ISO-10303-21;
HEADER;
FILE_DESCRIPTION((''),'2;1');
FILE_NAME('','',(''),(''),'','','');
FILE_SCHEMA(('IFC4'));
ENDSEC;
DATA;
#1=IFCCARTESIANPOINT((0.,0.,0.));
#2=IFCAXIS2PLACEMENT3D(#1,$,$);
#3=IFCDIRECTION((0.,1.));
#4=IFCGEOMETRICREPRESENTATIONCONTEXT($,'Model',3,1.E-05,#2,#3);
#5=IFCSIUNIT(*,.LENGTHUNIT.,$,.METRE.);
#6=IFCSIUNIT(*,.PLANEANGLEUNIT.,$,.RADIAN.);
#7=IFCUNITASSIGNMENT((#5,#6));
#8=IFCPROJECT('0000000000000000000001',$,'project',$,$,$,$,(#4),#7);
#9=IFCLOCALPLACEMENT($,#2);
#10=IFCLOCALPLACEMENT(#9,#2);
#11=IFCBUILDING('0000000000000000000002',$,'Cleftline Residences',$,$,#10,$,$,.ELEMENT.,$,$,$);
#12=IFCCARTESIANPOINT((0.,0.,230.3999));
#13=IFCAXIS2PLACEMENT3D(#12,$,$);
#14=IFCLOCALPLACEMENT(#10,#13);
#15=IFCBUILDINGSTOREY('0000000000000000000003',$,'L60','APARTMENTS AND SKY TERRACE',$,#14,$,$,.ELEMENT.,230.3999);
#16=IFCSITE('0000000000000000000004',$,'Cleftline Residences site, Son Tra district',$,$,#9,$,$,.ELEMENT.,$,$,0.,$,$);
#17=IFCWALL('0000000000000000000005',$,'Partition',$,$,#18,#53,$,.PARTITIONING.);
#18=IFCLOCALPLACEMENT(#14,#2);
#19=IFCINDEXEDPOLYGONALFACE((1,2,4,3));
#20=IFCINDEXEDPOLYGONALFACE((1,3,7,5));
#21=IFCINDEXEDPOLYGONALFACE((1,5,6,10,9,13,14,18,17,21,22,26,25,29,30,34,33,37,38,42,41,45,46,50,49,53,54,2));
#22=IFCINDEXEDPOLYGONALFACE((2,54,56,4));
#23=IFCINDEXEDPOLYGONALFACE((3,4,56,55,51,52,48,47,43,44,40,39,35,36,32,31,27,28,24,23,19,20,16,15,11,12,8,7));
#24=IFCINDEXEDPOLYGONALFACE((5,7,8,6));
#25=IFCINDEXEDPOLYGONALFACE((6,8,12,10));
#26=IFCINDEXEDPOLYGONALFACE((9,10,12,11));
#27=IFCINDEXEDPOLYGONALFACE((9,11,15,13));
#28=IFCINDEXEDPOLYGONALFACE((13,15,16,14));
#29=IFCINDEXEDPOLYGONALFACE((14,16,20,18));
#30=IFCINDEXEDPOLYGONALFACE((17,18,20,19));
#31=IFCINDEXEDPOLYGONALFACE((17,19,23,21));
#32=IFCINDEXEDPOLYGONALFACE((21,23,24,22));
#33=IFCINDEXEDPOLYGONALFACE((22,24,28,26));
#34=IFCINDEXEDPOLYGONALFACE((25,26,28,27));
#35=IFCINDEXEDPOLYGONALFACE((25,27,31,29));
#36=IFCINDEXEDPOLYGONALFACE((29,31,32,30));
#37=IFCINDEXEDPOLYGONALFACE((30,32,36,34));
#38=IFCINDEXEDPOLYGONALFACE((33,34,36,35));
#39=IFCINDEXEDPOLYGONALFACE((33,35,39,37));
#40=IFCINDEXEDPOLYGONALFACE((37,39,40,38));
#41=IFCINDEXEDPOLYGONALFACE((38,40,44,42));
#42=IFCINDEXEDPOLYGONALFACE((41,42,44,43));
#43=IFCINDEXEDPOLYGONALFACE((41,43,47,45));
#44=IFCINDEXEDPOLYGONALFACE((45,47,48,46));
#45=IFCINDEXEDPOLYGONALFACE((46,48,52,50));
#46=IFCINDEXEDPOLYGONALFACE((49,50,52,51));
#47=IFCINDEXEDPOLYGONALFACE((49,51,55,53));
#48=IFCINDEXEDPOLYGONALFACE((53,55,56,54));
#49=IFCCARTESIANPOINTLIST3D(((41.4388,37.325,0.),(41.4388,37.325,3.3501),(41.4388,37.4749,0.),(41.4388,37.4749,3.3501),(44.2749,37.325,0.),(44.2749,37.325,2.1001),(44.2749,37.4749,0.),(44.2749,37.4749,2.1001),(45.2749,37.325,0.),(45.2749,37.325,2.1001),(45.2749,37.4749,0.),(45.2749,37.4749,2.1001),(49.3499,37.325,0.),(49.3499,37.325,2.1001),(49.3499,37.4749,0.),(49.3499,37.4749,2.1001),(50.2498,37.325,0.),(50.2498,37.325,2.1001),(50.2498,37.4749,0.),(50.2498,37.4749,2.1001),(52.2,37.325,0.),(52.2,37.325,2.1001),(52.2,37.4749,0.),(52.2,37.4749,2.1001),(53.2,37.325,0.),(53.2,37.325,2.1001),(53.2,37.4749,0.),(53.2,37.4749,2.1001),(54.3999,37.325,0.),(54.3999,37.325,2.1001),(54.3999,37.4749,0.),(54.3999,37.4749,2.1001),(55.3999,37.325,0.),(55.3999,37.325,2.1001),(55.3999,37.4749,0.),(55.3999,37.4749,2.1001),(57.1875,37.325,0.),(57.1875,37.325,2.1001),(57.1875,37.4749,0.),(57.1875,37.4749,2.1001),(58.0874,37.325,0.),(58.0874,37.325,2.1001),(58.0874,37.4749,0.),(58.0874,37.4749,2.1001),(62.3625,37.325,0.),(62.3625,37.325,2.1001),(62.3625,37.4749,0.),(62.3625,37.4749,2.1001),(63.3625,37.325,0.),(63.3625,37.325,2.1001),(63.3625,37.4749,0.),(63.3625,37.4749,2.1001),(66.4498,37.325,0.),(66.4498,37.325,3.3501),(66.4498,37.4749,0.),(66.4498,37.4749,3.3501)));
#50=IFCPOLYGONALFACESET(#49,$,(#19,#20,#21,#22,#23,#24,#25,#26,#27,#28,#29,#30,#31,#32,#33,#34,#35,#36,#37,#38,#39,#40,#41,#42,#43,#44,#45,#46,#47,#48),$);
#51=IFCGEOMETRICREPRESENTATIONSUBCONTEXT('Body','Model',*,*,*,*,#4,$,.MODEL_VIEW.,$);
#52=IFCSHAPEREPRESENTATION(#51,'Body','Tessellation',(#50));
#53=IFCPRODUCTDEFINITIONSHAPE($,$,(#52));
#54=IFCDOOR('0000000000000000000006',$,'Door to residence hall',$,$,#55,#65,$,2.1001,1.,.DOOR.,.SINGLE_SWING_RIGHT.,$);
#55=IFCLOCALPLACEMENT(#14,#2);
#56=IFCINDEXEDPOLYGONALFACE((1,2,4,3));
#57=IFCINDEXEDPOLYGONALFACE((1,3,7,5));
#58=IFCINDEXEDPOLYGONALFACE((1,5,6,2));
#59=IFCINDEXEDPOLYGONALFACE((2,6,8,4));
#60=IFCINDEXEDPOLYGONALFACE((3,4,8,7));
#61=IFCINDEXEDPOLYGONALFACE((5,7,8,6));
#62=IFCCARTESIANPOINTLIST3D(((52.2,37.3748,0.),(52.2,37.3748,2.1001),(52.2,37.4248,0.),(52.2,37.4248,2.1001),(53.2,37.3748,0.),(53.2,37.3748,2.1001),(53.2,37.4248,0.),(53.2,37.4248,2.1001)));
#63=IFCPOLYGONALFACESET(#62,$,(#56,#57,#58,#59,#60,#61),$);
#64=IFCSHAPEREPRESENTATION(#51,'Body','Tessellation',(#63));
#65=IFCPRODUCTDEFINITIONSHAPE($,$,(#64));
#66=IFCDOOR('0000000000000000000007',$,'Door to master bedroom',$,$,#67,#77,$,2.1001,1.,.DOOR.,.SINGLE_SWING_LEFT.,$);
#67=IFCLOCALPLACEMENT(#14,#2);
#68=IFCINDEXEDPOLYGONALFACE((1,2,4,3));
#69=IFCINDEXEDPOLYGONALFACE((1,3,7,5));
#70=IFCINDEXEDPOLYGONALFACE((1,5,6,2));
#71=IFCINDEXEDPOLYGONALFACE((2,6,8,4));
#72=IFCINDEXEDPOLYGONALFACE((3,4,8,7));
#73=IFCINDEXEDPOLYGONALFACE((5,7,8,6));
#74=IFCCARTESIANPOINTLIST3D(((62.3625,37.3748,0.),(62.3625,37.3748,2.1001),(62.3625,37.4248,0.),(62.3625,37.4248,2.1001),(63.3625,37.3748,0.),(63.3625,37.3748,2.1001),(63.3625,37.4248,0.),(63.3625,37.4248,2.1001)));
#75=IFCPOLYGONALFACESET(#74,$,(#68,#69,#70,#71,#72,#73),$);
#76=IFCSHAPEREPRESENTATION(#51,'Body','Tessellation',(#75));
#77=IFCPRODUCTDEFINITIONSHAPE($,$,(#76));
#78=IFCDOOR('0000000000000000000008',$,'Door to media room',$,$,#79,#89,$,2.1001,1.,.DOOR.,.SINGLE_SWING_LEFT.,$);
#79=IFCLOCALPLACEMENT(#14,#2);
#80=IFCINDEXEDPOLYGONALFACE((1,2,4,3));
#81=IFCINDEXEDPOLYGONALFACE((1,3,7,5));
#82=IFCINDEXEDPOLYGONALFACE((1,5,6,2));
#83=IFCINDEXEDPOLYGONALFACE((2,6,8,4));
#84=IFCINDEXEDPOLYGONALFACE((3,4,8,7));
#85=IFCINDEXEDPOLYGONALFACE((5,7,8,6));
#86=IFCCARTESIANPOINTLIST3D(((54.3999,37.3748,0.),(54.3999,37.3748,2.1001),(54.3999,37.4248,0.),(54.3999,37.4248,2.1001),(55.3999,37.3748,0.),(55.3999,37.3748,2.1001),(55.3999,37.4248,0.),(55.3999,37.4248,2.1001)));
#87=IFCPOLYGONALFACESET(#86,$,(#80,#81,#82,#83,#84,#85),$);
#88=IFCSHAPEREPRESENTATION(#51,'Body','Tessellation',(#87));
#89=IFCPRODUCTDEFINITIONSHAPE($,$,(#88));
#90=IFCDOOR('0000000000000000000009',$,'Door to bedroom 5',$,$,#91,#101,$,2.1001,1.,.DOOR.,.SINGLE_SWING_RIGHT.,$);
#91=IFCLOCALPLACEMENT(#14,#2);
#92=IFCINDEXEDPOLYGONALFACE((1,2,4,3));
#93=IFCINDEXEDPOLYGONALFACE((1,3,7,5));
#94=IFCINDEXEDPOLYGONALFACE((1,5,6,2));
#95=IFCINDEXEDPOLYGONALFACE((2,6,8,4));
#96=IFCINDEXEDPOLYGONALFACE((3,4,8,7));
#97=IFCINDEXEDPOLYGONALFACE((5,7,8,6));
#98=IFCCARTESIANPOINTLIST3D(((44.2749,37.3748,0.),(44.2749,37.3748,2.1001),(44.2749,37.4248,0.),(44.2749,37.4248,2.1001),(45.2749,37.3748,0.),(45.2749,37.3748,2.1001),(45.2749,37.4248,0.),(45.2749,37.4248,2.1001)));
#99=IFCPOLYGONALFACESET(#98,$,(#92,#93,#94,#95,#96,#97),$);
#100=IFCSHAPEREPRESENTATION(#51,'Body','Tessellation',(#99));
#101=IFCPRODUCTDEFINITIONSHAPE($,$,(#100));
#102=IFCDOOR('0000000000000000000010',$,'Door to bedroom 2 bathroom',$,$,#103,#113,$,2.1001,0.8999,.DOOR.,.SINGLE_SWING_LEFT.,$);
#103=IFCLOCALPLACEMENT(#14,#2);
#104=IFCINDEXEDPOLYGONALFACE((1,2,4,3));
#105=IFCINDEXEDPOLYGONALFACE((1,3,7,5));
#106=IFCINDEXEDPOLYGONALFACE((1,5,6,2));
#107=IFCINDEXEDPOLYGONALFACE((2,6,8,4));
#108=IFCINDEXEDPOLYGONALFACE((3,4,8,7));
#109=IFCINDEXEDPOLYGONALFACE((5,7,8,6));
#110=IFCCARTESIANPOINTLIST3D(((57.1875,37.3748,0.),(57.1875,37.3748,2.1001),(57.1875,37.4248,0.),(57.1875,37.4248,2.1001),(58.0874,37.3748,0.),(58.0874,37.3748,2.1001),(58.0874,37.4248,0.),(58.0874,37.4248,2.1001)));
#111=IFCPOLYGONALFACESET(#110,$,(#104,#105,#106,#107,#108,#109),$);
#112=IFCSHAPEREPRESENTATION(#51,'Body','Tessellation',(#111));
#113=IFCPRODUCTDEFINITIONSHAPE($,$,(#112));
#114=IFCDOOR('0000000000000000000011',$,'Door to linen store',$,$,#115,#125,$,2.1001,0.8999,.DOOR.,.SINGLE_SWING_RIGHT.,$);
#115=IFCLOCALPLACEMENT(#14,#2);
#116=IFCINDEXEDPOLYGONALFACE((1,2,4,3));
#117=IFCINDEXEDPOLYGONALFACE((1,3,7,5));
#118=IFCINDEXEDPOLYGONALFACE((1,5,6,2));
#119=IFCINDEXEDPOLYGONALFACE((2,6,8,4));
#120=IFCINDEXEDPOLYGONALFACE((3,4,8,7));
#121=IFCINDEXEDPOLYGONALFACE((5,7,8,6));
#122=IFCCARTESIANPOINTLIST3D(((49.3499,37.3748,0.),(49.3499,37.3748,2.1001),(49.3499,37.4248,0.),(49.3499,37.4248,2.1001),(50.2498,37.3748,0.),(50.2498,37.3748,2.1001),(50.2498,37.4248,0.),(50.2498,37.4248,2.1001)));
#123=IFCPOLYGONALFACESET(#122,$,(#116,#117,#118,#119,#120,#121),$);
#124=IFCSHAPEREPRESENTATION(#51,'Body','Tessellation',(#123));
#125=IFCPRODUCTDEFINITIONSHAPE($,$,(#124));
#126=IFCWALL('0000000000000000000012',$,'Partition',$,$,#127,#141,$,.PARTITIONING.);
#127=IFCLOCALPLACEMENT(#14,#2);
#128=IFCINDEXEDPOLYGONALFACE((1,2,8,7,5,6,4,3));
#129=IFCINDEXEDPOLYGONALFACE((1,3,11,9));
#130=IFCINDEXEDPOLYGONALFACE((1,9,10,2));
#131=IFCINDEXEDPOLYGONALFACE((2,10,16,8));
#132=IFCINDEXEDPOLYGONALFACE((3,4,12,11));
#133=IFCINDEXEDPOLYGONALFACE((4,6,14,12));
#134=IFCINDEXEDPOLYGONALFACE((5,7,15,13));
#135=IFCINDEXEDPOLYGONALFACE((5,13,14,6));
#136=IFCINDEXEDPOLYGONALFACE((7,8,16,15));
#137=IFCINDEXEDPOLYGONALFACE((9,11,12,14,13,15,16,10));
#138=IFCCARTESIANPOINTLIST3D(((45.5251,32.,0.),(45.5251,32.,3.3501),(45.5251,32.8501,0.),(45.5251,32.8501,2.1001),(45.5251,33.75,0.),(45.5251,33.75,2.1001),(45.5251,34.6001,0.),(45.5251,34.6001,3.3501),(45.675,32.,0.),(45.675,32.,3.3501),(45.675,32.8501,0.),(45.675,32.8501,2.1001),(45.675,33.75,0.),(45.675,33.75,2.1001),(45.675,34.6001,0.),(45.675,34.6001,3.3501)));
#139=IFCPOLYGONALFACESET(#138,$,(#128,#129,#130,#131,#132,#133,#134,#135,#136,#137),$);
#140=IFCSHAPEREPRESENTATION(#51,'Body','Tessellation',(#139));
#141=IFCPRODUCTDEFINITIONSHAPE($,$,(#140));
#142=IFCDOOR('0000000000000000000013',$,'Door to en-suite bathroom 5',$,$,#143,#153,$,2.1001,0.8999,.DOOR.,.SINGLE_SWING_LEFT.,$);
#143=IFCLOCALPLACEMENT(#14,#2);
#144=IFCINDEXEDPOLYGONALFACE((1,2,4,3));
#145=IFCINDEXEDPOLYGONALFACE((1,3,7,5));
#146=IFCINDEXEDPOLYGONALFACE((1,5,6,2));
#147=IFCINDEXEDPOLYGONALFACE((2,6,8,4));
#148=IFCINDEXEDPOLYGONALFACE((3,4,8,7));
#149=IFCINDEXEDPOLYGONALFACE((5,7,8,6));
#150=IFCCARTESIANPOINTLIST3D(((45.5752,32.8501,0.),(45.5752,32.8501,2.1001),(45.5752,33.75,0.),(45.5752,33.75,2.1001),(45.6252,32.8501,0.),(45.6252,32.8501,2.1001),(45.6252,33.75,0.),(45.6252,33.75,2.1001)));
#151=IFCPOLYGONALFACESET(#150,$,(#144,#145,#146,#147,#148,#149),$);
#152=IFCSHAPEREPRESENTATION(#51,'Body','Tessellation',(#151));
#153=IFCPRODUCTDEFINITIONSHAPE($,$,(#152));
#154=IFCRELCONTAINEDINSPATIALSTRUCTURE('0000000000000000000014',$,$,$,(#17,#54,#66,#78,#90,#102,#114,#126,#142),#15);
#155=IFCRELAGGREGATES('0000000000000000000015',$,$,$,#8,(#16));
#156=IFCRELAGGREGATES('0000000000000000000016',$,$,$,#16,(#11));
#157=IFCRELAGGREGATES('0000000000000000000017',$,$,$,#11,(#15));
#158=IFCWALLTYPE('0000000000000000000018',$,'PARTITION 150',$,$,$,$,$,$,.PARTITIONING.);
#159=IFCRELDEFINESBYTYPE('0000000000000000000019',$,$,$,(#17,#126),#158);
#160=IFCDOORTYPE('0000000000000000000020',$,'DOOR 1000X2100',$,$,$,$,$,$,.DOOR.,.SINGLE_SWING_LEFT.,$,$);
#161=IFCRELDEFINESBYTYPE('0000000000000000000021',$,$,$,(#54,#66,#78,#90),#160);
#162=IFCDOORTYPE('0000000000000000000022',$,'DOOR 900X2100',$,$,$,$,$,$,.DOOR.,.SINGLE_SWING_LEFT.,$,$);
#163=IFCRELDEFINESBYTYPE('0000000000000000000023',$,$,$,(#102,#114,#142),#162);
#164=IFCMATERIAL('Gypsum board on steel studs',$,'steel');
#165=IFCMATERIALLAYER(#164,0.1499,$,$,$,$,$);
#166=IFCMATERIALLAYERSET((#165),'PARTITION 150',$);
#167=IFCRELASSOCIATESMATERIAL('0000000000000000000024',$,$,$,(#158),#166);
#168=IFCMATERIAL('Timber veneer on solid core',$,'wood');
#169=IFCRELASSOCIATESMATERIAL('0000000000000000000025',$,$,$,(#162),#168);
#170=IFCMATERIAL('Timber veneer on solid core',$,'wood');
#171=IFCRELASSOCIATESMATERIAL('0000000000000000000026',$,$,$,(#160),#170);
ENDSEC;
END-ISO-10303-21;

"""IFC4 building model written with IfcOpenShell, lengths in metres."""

from ifc_helpers import new_model, si_unit, direction, frame, frame_2d, origin, place, context, subcontext, project, spatial, rectangle, extrude, material, layer, layer_set, type_object, element, fill, save


model = new_model("IFC4")

# Units and contexts
model_context = context("Model", 3, precision=1e-05, world=origin(), true_north=direction((0.0, 1.0)))
body_context = subcontext(model_context, "Body", "Model", "MODEL_VIEW")
ifc_project = project(units=[si_unit("LENGTHUNIT", "METRE"), si_unit("PLANEANGLEUNIT", "RADIAN")], contexts=[model_context])

# Site, building, storey
site_placement = place(None, origin())
site = spatial("IfcSite", under=ifc_project, at=site_placement, Name="Cleftline Residences site, Son Tra district", CompositionType="ELEMENT", RefElevation=0.0)
building_placement = place(site_placement, origin())
building = spatial("IfcBuilding", under=site, at=building_placement, Name="Cleftline Residences", CompositionType="ELEMENT")
storey_placement = place(building_placement, frame((0.0, 0.0, 230.3999)))
storey = spatial("IfcBuildingStorey", under=building, at=storey_placement, Name="L60", Description="APARTMENTS AND SKY TERRACE", CompositionType="ELEMENT", Elevation=230.3999)

# Shared definitions
ifc_material_1 = material(Name="Gypsum board on steel studs", Category="steel")
ifc_layer_1 = layer(ifc_material_1, 0.1499)
ifc_layer_set_1 = layer_set([ifc_layer_1], Name="PARTITION 150")
wall_type_1 = type_object("IfcWallType", Name="PARTITION 150", PredefinedType="PARTITIONING", material=ifc_layer_set_1)
ifc_material_2 = material(Name="Timber veneer on solid core", Category="wood")
door_type_1 = type_object("IfcDoorType", Name="DOOR 900X2100", OperationType="SINGLE_SWING_LEFT", PredefinedType="DOOR", material=ifc_material_2)

# Wall, openings, doors
wall_1_placement = place(storey_placement, frame((41.439, 37.3999, 0.0), z_axis=(0.0, 0.0, 1.0), x_axis=(1.0, 0.0, 0.0)))
wall_1 = element("IfcWall", 1, at=wall_1_placement, inside=storey, type_object=wall_type_1, Name="Partition", PredefinedType="PARTITIONING", context=body_context, shape_type="SweptSolid", body=[
    extrude(rectangle(XDim=25.011, YDim=0.1499, at=frame_2d((12.5054, 0.0))), origin(), (0.0, 0.0, 1.0), 3.3501),
])
opening_1_placement = place(wall_1_placement, frame((10.761, 0.0, 0.0)))
opening_1 = element("IfcOpeningElement", 2, at=opening_1_placement, cuts=wall_1, PredefinedType="OPENING", context=body_context, shape_type="SweptSolid", body=[
    extrude(rectangle(XDim=1.0, YDim=2.1001, at=frame_2d((0.5, 1.05))), frame((0.0, 0.085, 0.0), z_axis=(0.0, -1.0, 0.0), x_axis=(1.0, 0.0, 0.0)), (0.0, 0.0, 1.0), 0.1699),
])
opening_2_placement = place(wall_1_placement, frame((20.9236, 0.0, 0.0)))
opening_2 = element("IfcOpeningElement", 3, at=opening_2_placement, cuts=wall_1, PredefinedType="OPENING", context=body_context, shape_type="SweptSolid", body=[
    extrude(rectangle(XDim=1.0, YDim=2.1001, at=frame_2d((0.5, 1.05))), frame((0.0, 0.085, 0.0), z_axis=(0.0, -1.0, 0.0), x_axis=(1.0, 0.0, 0.0)), (0.0, 0.0, 1.0), 0.1699),
])
opening_3_placement = place(wall_1_placement, frame((15.7485, 0.0, 0.0)))
opening_3 = element("IfcOpeningElement", 4, at=opening_3_placement, cuts=wall_1, PredefinedType="OPENING", context=body_context, shape_type="SweptSolid", body=[
    extrude(rectangle(XDim=0.8999, YDim=2.1001, at=frame_2d((0.45, 1.05))), frame((0.0, 0.085, 0.0), z_axis=(0.0, -1.0, 0.0), x_axis=(1.0, 0.0, 0.0)), (0.0, 0.0, 1.0), 0.1699),
])
opening_4_placement = place(wall_1_placement, frame((12.9609, 0.0, 0.0)))
opening_4 = element("IfcOpeningElement", 5, at=opening_4_placement, cuts=wall_1, PredefinedType="OPENING", context=body_context, shape_type="SweptSolid", body=[
    extrude(rectangle(XDim=1.0, YDim=2.1001, at=frame_2d((0.5, 1.05))), frame((0.0, 0.085, 0.0), z_axis=(0.0, -1.0, 0.0), x_axis=(1.0, 0.0, 0.0)), (0.0, 0.0, 1.0), 0.1699),
])
opening_5_placement = place(wall_1_placement, frame((7.9109, 0.0, 0.0)))
opening_5 = element("IfcOpeningElement", 6, at=opening_5_placement, cuts=wall_1, PredefinedType="OPENING", context=body_context, shape_type="SweptSolid", body=[
    extrude(rectangle(XDim=0.8999, YDim=2.1001, at=frame_2d((0.45, 1.05))), frame((0.0, 0.085, 0.0), z_axis=(0.0, -1.0, 0.0), x_axis=(1.0, 0.0, 0.0)), (0.0, 0.0, 1.0), 0.1699),
])
opening_6_placement = place(wall_1_placement, frame((2.8359, 0.0, 0.0)))
opening_6 = element("IfcOpeningElement", 7, at=opening_6_placement, cuts=wall_1, PredefinedType="OPENING", context=body_context, shape_type="SweptSolid", body=[
    extrude(rectangle(XDim=1.0, YDim=2.1001, at=frame_2d((0.5, 1.05))), frame((0.0, 0.085, 0.0), z_axis=(0.0, -1.0, 0.0), x_axis=(1.0, 0.0, 0.0)), (0.0, 0.0, 1.0), 0.1699),
])
ifc_material_3 = material(Name="Timber veneer on solid core", Category="wood")
door_type_2 = type_object("IfcDoorType", Name="DOOR 1000X2100", OperationType="SINGLE_SWING_LEFT", PredefinedType="DOOR", material=ifc_material_3)
door_1_placement = place(opening_1_placement, origin())
door_1 = element("IfcDoor", 8, at=door_1_placement, inside=storey, type_object=door_type_2, Name="Door to residence hall", OperationType="SINGLE_SWING_RIGHT", OverallHeight=2.1001, OverallWidth=1.0, PredefinedType="DOOR", context=body_context, shape_type="SweptSolid", body=[
    extrude(rectangle(XDim=1.0, YDim=2.1001, at=frame_2d((0.5, 1.05))), frame((0.0, 0.0249, 0.0), z_axis=(0.0, -1.0, 0.0), x_axis=(1.0, 0.0, 0.0)), (0.0, 0.0, 1.0), 0.05),
])
fill(opening_1, door_1)
door_2_placement = place(opening_2_placement, origin())
door_2 = element("IfcDoor", 9, at=door_2_placement, inside=storey, type_object=door_type_2, Name="Door to master bedroom", OperationType="SINGLE_SWING_LEFT", OverallHeight=2.1001, OverallWidth=1.0, PredefinedType="DOOR", context=body_context, shape_type="SweptSolid", body=[
    extrude(rectangle(XDim=1.0, YDim=2.1001, at=frame_2d((0.5, 1.05))), frame((0.0, 0.0249, 0.0), z_axis=(0.0, -1.0, 0.0), x_axis=(1.0, 0.0, 0.0)), (0.0, 0.0, 1.0), 0.05),
])
fill(opening_2, door_2)
door_3_placement = place(opening_4_placement, origin())
door_3 = element("IfcDoor", 10, at=door_3_placement, inside=storey, type_object=door_type_2, Name="Door to media room", OperationType="SINGLE_SWING_LEFT", OverallHeight=2.1001, OverallWidth=1.0, PredefinedType="DOOR", context=body_context, shape_type="SweptSolid", body=[
    extrude(rectangle(XDim=1.0, YDim=2.1001, at=frame_2d((0.5, 1.05))), frame((0.0, 0.0249, 0.0), z_axis=(0.0, -1.0, 0.0), x_axis=(1.0, 0.0, 0.0)), (0.0, 0.0, 1.0), 0.05),
])
fill(opening_4, door_3)
door_4_placement = place(opening_6_placement, origin())
door_4 = element("IfcDoor", 11, at=door_4_placement, inside=storey, type_object=door_type_2, Name="Door to bedroom 5", OperationType="SINGLE_SWING_RIGHT", OverallHeight=2.1001, OverallWidth=1.0, PredefinedType="DOOR", context=body_context, shape_type="SweptSolid", body=[
    extrude(rectangle(XDim=1.0, YDim=2.1001, at=frame_2d((0.5, 1.05))), frame((0.0, 0.0249, 0.0), z_axis=(0.0, -1.0, 0.0), x_axis=(1.0, 0.0, 0.0)), (0.0, 0.0, 1.0), 0.05),
])
fill(opening_6, door_4)
door_5_placement = place(opening_3_placement, origin())
door_5 = element("IfcDoor", 12, at=door_5_placement, inside=storey, type_object=door_type_1, Name="Door to bedroom 2 bathroom", OperationType="SINGLE_SWING_LEFT", OverallHeight=2.1001, OverallWidth=0.8999, PredefinedType="DOOR", context=body_context, shape_type="SweptSolid", body=[
    extrude(rectangle(XDim=0.8999, YDim=2.1001, at=frame_2d((0.45, 1.05))), frame((0.0, 0.0249, 0.0), z_axis=(0.0, -1.0, 0.0), x_axis=(1.0, 0.0, 0.0)), (0.0, 0.0, 1.0), 0.05),
])
fill(opening_3, door_5)
door_6_placement = place(opening_5_placement, origin())
door_6 = element("IfcDoor", 13, at=door_6_placement, inside=storey, type_object=door_type_1, Name="Door to linen store", OperationType="SINGLE_SWING_RIGHT", OverallHeight=2.1001, OverallWidth=0.8999, PredefinedType="DOOR", context=body_context, shape_type="SweptSolid", body=[
    extrude(rectangle(XDim=0.8999, YDim=2.1001, at=frame_2d((0.45, 1.05))), frame((0.0, 0.0249, 0.0), z_axis=(0.0, -1.0, 0.0), x_axis=(1.0, 0.0, 0.0)), (0.0, 0.0, 1.0), 0.05),
])
fill(opening_5, door_6)

# Wall, opening, door
wall_2_placement = place(storey_placement, frame((45.6001, 32.0, 0.0), z_axis=(0.0, 0.0, 1.0), x_axis=(0.0, 1.0, 0.0)))
wall_2 = element("IfcWall", 14, at=wall_2_placement, inside=storey, type_object=wall_type_1, Name="Partition", PredefinedType="PARTITIONING", context=body_context, shape_type="SweptSolid", body=[
    extrude(rectangle(XDim=2.6001, YDim=0.1499, at=frame_2d((1.3, 0.0))), origin(), (0.0, 0.0, 1.0), 3.3501),
])
opening_7_placement = place(wall_2_placement, frame((0.8501, 0.0, 0.0)))
opening_7 = element("IfcOpeningElement", 15, at=opening_7_placement, cuts=wall_2, PredefinedType="OPENING", context=body_context, shape_type="SweptSolid", body=[
    extrude(rectangle(XDim=0.8999, YDim=2.1001, at=frame_2d((0.45, 1.05))), frame((0.0, 0.085, 0.0), z_axis=(0.0, -1.0, 0.0), x_axis=(1.0, 0.0, 0.0)), (0.0, 0.0, 1.0), 0.1699),
])
door_7_placement = place(opening_7_placement, origin())
door_7 = element("IfcDoor", 16, at=door_7_placement, inside=storey, type_object=door_type_1, Name="Door to en-suite bathroom 5", OperationType="SINGLE_SWING_LEFT", OverallHeight=2.1001, OverallWidth=0.8999, PredefinedType="DOOR", context=body_context, shape_type="SweptSolid", body=[
    extrude(rectangle(XDim=0.8999, YDim=2.1001, at=frame_2d((0.45, 1.05))), frame((0.0, 0.0249, 0.0), z_axis=(0.0, -1.0, 0.0), x_axis=(1.0, 0.0, 0.0)), (0.0, 0.0, 1.0), 0.05),
])
fill(opening_7, door_7)

save(model, "model.ifc")
